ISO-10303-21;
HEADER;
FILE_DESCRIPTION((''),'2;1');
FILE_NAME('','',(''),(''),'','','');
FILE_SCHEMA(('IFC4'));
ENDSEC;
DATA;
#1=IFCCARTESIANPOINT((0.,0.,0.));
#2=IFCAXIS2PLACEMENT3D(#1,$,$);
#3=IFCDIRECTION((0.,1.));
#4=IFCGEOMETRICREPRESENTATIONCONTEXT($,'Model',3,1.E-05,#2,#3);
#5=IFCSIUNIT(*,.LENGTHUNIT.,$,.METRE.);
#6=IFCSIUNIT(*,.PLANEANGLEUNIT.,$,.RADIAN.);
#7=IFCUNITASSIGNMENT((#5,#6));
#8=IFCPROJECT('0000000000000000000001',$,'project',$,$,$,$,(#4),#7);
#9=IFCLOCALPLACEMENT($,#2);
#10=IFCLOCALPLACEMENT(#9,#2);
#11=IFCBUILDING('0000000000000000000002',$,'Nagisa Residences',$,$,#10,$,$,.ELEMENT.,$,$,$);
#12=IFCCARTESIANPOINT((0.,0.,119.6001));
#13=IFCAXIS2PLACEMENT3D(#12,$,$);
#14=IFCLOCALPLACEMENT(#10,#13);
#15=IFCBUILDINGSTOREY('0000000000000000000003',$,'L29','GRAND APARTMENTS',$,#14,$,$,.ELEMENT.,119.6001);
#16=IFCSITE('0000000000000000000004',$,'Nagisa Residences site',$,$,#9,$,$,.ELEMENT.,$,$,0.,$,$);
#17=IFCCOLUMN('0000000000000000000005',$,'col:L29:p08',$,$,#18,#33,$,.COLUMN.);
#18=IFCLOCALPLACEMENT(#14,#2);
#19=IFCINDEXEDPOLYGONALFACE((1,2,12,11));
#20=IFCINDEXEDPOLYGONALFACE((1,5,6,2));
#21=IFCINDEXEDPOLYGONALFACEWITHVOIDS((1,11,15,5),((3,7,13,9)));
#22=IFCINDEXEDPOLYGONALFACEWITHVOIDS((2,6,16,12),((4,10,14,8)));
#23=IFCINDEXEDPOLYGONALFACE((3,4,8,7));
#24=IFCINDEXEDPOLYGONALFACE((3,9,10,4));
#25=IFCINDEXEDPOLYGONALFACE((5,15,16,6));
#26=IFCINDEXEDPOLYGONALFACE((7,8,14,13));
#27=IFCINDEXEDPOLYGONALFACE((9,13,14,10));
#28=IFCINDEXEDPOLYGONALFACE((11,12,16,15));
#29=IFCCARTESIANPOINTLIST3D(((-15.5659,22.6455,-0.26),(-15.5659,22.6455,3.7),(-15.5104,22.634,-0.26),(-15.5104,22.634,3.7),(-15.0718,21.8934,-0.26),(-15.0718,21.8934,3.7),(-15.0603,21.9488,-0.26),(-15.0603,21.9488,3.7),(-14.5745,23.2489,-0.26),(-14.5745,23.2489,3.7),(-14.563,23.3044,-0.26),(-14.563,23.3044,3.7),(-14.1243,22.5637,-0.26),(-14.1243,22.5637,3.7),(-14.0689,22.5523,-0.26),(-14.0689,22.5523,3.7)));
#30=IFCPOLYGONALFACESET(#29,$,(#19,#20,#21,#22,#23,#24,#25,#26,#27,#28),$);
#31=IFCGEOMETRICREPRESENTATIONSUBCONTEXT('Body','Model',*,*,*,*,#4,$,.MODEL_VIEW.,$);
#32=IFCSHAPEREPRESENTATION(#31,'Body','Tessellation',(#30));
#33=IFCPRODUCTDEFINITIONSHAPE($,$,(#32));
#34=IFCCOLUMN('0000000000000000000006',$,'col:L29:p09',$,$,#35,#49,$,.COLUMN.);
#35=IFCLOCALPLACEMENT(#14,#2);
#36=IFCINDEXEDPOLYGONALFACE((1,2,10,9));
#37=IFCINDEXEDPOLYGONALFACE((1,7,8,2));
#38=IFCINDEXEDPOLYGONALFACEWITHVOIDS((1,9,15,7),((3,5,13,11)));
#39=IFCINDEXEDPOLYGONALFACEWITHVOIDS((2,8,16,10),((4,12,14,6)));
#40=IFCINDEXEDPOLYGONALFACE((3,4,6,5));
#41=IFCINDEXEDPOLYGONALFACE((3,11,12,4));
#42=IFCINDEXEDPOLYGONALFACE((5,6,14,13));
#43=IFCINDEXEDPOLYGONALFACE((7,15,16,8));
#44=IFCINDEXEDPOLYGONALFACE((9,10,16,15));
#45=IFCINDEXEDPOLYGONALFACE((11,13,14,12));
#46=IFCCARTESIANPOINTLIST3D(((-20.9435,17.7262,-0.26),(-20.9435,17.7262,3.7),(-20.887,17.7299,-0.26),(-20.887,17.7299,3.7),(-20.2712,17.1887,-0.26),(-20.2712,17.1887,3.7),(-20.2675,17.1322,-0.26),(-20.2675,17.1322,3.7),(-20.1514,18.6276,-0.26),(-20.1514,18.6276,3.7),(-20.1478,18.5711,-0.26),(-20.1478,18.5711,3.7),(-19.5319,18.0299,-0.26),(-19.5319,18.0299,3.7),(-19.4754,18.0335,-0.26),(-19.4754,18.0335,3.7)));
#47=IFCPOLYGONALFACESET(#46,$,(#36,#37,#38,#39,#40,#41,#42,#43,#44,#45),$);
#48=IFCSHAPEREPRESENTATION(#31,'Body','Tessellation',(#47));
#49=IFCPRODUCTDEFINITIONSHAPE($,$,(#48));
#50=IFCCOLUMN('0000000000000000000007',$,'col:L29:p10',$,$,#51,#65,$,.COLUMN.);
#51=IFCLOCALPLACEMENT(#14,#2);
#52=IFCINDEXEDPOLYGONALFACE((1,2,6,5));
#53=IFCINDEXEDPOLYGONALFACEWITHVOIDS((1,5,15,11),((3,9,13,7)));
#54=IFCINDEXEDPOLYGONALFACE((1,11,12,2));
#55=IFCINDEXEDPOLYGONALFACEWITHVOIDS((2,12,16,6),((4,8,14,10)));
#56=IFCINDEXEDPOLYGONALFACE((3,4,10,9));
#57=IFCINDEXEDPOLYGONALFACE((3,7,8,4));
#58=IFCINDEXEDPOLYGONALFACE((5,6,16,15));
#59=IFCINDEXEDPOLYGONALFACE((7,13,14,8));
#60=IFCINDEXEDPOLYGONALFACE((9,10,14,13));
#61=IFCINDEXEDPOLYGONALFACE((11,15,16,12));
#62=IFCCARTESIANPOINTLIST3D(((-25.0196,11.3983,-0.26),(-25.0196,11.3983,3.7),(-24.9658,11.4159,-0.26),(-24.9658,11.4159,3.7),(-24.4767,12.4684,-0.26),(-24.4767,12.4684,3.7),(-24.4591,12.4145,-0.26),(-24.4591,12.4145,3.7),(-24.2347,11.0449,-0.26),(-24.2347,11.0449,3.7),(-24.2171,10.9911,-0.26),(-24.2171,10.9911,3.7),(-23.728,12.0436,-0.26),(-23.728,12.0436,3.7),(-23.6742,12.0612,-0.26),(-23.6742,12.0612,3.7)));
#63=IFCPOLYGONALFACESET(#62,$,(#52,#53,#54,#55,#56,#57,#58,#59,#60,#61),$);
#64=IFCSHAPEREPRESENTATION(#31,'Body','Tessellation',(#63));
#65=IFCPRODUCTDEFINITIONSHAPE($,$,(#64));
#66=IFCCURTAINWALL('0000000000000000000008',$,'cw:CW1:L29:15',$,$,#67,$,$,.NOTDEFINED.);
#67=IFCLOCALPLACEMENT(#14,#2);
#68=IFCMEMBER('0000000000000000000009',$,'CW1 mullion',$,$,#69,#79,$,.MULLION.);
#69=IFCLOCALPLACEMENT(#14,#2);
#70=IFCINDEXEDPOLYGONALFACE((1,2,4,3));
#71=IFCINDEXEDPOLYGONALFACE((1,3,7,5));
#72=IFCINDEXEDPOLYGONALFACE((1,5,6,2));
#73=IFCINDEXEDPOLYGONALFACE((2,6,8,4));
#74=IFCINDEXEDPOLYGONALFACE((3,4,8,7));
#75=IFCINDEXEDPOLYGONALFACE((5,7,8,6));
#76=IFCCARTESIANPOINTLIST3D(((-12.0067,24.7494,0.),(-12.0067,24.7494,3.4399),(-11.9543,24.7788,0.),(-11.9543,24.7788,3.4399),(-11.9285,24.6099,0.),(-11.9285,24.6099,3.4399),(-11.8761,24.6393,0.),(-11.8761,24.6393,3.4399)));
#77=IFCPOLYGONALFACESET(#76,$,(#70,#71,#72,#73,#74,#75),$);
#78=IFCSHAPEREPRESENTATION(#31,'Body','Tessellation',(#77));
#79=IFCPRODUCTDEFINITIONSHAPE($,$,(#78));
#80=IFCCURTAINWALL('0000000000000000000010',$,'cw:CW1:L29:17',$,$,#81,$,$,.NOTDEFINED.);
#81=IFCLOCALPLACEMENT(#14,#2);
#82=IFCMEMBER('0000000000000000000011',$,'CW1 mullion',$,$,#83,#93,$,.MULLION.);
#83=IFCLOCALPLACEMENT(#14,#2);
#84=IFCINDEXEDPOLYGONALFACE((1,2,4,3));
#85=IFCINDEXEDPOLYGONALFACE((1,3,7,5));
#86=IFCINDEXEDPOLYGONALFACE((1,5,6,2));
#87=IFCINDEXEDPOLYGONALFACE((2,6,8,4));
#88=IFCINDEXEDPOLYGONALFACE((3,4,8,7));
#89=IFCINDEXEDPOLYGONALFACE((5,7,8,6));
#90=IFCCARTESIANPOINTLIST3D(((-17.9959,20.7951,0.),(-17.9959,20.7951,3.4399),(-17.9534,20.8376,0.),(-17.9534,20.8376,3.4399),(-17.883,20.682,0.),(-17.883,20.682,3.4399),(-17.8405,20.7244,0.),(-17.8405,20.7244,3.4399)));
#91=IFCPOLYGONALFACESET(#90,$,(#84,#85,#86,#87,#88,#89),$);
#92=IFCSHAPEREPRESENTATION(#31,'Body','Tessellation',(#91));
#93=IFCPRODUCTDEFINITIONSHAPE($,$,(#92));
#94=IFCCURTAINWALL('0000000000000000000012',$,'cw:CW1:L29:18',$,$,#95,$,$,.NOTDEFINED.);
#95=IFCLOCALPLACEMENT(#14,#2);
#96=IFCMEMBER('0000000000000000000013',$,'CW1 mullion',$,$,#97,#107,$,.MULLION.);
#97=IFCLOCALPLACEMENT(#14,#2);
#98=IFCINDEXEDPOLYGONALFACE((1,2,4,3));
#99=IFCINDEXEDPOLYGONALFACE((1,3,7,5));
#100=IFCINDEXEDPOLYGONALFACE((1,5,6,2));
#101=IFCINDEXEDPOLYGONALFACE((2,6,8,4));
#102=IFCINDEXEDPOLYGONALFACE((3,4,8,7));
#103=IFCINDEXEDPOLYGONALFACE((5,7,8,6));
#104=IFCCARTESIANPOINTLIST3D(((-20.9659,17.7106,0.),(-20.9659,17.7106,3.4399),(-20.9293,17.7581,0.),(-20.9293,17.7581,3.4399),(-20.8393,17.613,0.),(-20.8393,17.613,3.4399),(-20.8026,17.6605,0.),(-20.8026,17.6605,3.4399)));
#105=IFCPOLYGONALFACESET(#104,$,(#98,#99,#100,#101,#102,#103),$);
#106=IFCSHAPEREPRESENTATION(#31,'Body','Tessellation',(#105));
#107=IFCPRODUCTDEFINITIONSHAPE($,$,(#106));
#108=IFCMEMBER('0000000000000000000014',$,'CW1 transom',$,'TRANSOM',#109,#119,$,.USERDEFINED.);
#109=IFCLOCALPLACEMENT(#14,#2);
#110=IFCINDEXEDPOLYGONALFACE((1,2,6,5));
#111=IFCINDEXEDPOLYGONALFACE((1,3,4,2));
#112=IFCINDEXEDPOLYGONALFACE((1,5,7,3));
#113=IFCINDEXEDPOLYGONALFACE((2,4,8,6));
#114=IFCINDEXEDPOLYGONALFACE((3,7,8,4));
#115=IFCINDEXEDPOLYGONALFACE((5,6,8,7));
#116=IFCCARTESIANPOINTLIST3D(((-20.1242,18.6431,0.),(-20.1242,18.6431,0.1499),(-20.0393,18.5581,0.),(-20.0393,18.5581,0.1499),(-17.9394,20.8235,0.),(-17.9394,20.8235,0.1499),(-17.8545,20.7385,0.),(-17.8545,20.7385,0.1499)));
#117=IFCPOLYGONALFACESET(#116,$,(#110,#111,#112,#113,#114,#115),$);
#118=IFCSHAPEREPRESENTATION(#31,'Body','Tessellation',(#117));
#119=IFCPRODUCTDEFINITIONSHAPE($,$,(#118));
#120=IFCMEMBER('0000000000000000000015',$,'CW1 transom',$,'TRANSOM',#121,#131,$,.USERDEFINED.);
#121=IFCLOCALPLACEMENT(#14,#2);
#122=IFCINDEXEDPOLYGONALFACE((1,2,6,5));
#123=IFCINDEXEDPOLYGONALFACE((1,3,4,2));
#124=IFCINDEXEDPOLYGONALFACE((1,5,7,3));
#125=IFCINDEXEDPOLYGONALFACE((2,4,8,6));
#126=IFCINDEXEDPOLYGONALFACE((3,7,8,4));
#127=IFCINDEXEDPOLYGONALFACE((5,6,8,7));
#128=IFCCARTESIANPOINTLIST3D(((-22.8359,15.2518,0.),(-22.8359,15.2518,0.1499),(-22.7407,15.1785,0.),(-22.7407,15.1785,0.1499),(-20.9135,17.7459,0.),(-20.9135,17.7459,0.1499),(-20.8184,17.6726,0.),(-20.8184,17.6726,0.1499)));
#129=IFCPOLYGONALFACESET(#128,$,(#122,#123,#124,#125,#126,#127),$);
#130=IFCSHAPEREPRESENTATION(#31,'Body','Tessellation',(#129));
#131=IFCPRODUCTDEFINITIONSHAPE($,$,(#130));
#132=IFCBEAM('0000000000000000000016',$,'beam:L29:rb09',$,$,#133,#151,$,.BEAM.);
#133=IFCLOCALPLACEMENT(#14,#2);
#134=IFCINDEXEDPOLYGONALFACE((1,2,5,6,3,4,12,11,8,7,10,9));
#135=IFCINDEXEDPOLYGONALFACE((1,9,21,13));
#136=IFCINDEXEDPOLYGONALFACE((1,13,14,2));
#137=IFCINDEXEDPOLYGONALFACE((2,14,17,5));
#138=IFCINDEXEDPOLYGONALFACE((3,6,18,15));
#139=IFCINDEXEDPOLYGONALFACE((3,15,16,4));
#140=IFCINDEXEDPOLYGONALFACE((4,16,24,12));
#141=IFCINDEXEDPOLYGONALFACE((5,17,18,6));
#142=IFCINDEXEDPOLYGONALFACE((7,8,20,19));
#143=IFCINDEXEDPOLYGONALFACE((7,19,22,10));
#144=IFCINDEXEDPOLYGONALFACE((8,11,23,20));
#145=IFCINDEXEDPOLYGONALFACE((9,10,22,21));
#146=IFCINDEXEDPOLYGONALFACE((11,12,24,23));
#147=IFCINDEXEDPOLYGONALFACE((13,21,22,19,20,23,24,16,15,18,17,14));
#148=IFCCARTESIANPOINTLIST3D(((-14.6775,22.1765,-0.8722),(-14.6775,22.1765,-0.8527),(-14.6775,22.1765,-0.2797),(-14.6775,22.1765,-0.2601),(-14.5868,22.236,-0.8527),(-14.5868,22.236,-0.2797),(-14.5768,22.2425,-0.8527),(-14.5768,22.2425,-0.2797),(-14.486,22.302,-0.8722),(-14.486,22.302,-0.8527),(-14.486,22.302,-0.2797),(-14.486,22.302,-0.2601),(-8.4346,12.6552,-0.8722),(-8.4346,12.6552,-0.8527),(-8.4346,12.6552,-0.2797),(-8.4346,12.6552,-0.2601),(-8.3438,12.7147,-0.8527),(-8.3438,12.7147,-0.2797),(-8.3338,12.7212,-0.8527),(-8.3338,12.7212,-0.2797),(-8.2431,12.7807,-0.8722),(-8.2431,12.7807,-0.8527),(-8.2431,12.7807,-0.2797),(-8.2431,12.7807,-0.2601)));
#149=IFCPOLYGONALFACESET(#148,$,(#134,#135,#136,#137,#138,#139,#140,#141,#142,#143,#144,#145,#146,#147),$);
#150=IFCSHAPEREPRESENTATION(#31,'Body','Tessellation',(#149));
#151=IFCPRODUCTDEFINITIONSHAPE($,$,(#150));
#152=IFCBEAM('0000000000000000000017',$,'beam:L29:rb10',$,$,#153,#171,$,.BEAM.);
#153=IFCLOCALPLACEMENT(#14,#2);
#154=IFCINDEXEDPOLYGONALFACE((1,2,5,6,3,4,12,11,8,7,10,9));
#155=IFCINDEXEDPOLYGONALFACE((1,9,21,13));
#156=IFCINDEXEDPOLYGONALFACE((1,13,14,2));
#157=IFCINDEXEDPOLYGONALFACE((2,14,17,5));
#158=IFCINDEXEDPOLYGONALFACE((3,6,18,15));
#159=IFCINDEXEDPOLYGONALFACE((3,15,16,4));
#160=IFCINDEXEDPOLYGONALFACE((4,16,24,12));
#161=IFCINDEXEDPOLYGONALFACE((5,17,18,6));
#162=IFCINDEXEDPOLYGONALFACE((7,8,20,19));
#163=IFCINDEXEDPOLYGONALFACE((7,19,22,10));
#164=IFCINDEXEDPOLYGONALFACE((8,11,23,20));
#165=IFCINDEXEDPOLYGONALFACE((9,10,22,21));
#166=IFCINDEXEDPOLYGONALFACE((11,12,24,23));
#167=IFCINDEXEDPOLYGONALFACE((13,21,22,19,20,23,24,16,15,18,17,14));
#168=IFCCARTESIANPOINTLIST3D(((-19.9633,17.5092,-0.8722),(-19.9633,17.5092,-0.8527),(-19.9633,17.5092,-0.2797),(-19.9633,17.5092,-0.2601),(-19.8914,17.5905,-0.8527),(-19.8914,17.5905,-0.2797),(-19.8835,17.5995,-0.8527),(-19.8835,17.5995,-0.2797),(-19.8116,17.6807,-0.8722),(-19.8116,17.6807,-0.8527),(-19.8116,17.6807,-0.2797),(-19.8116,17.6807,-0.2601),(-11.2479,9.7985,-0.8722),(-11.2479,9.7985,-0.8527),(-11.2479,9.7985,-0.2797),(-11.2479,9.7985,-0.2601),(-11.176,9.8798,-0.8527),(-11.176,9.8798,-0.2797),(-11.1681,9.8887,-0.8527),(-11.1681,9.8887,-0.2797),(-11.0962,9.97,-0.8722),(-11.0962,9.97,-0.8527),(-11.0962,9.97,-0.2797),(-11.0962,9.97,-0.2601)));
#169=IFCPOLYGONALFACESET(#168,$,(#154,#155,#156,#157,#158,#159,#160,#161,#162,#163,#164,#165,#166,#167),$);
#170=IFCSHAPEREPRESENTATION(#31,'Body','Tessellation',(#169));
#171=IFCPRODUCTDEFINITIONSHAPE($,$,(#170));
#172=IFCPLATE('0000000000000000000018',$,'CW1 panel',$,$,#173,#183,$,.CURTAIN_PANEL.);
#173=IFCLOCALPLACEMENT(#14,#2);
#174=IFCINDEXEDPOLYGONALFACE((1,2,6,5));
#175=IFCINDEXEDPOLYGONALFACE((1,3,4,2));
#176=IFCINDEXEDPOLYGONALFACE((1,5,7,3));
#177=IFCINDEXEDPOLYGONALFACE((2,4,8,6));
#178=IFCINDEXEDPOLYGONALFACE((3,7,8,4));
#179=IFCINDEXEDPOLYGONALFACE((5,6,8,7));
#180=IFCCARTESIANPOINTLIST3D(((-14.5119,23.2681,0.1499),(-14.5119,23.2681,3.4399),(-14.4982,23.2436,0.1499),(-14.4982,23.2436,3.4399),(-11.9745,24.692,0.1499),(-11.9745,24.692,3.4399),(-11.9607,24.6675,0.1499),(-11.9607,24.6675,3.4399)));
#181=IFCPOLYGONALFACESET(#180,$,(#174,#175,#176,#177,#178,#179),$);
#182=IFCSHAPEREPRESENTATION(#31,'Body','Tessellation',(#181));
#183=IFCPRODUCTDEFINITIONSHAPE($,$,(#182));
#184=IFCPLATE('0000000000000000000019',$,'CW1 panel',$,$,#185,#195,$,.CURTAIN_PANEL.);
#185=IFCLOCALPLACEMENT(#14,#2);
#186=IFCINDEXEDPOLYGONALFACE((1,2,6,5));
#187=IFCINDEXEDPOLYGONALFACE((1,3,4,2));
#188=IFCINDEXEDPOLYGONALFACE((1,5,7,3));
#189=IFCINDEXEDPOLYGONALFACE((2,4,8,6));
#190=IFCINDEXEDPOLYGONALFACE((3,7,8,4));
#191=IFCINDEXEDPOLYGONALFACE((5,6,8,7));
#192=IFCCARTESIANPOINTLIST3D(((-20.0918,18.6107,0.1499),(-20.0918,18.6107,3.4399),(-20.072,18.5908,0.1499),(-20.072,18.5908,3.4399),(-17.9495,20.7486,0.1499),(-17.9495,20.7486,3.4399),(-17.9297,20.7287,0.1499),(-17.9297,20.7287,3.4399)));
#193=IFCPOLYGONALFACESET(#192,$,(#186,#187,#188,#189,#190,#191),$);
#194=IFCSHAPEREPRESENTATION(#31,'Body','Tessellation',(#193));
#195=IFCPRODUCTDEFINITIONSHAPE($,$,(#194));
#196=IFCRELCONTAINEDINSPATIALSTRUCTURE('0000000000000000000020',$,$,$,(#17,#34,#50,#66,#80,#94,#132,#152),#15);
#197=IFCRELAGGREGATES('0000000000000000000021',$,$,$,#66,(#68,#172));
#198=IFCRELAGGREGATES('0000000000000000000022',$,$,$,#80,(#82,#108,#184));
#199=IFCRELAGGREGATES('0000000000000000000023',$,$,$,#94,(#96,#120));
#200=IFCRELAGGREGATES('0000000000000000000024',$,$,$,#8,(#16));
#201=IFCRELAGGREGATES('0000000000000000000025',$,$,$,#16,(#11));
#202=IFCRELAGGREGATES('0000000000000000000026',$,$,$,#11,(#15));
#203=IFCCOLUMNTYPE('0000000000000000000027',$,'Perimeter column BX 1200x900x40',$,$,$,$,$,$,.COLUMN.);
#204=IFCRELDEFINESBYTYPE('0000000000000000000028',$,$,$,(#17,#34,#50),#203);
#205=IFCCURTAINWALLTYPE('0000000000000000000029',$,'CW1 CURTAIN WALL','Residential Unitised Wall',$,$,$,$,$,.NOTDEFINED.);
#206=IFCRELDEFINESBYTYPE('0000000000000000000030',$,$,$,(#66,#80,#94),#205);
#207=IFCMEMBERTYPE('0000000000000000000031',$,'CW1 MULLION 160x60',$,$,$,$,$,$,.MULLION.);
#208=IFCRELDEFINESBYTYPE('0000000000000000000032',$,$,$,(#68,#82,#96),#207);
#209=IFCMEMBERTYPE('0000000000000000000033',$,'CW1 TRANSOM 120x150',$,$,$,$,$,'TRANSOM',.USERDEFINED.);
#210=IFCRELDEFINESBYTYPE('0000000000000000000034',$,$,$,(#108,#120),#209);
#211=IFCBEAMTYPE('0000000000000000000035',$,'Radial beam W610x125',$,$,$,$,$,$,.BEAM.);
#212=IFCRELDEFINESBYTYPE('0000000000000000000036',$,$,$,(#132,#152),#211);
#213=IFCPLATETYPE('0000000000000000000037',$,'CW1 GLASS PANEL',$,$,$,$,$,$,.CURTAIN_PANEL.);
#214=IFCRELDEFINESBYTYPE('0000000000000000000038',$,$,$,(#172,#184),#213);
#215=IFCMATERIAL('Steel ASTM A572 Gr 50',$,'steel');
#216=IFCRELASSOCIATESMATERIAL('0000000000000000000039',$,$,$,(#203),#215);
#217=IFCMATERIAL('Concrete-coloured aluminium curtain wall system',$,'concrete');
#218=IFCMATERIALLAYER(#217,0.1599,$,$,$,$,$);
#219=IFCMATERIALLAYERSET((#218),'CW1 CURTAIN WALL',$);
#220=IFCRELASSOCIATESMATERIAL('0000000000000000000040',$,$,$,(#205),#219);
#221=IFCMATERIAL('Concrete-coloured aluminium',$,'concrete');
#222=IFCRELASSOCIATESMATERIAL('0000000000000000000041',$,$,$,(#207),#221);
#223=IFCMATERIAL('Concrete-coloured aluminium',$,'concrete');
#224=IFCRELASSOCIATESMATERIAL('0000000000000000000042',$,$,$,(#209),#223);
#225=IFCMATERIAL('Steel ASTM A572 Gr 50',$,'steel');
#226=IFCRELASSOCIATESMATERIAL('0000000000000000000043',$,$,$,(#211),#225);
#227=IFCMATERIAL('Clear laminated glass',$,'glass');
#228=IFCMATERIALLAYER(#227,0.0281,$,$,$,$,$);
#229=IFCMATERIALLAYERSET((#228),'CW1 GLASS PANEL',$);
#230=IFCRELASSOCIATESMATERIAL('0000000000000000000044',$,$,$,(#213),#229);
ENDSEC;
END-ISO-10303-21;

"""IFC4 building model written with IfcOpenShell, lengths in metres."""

from ifc_helpers import new_model, si_unit, direction, frame, origin, origin_2d, place, context, subcontext, project, spatial, rectangle, hollow_rectangle, i_section, extrude, material, layer, layer_set, material_profile, profile_set, type_object, element, aggregate, save


model = new_model("IFC4")

# Units and contexts
model_context = context("Model", 3, precision=1e-05, world=origin(), true_north=direction((0.0, 1.0)))
body_context = subcontext(model_context, "Body", "Model", "MODEL_VIEW")
ifc_project = project(units=[si_unit("LENGTHUNIT", "METRE"), si_unit("PLANEANGLEUNIT", "RADIAN")], contexts=[model_context])

# Site, building, storey
site_placement = place(None, origin())
site = spatial("IfcSite", under=ifc_project, at=site_placement, Name="Nagisa Residences site", CompositionType="ELEMENT", RefElevation=0.0)
building_placement = place(site_placement, origin())
building = spatial("IfcBuilding", under=site, at=building_placement, Name="Nagisa Residences", CompositionType="ELEMENT")
storey_placement = place(building_placement, frame((0.0, 0.0, 119.6001)))
storey = spatial("IfcBuildingStorey", under=building, at=storey_placement, Name="L29", Description="GRAND APARTMENTS", CompositionType="ELEMENT", Elevation=119.6001)

# Columns
ifc_material_1 = material(Name="Steel ASTM A572 Gr 50", Category="steel")
ifc_material_profile_1 = material_profile(ifc_material_1, hollow_rectangle(XDim=1.2, YDim=0.8999, WallThickness=0.04, at=origin_2d()), Name="BX 1200x900x40")
ifc_profile_set_1 = profile_set([ifc_material_profile_1], Name="Steel ASTM A572 Gr 50")
column_type = type_object("IfcColumnType", Name="Perimeter column BX 1200x900x40", PredefinedType="COLUMN", material=ifc_profile_set_1)
for number, where, z_axis, x_axis, name in (
    (1, (-14.8174, 22.5989, -0.26), (0.0, 0.0, 1.0), (-0.835766, -0.549086, 0.0), "col:L29:p08"),
    (2, (-20.2095, 17.8799, -0.26), (0.0, 0.0, 1.0), (-0.660115, -0.751165, 0.0), "col:L29:p09"),
    (3, (-24.3469, 11.7297, -0.26), (0.0, 0.0, 1.0), (-0.452463, -0.891783, 0.0), "col:L29:p10"),
):
    element("IfcColumn", number, at=place(storey_placement, frame(where, z_axis=z_axis, x_axis=x_axis)), inside=storey, type_object=column_type, Name=name, PredefinedType="COLUMN", context=body_context, shape_type="SweptSolid", body=[
        extrude(hollow_rectangle(XDim=1.2, YDim=0.8999, WallThickness=0.04, at=origin_2d()), origin(), (0.0, 0.0, 1.0), 3.96),
    ])

# Curtain walls, members
ifc_material_2 = material(Name="Concrete-coloured aluminium curtain wall system", Category="concrete")
ifc_layer_1 = layer(ifc_material_2, 0.1599)
ifc_layer_set_1 = layer_set([ifc_layer_1], Name="CW1 CURTAIN WALL")
curtain_wall_type = type_object("IfcCurtainWallType", Name="CW1 CURTAIN WALL", Description="Residential Unitised Wall", PredefinedType="NOTDEFINED", material=ifc_layer_set_1)
curtain_wall_1_placement = place(storey_placement, origin())
curtain_wall_1 = element("IfcCurtainWall", 4, at=curtain_wall_1_placement, inside=storey, type_object=curtain_wall_type, Name="cw:CW1:L29:15", PredefinedType="NOTDEFINED")
ifc_material_3 = material(Name="Concrete-coloured aluminium", Category="concrete")
ifc_material_profile_2 = material_profile(ifc_material_3, rectangle(XDim=0.1599, YDim=0.0601, at=origin_2d()), Name="CW1 MULLION 160x60")
ifc_profile_set_2 = profile_set([ifc_material_profile_2], Name="Concrete-coloured aluminium")
member_type_1 = type_object("IfcMemberType", Name="CW1 MULLION 160x60", PredefinedType="MULLION", material=ifc_profile_set_2)
member_1_placement = place(storey_placement, frame((-11.9414, 24.6943, 0.0), z_axis=(0.0, 0.0, 1.0), x_axis=(0.489377, -0.872072, 0.0)))
member_1 = element("IfcMember", 5, at=member_1_placement, type_object=member_type_1, Name="CW1 mullion", PredefinedType="MULLION", context=body_context, shape_type="SweptSolid", body=[
    extrude(rectangle(XDim=0.1599, YDim=0.0601, at=origin_2d()), origin(), (0.0, 0.0, 1.0), 3.4399),
])
curtain_wall_2_placement = place(storey_placement, origin())
curtain_wall_2 = element("IfcCurtainWall", 6, at=curtain_wall_2_placement, inside=storey, type_object=curtain_wall_type, Name="cw:CW1:L29:17", PredefinedType="NOTDEFINED")
member_2_placement = place(storey_placement, frame((-17.9182, 20.7598, 0.0), z_axis=(0.0, 0.0, 1.0), x_axis=(0.706377, -0.707836, 0.0)))
member_2 = element("IfcMember", 7, at=member_2_placement, type_object=member_type_1, Name="CW1 mullion", PredefinedType="MULLION", context=body_context, shape_type="SweptSolid", body=[
    extrude(rectangle(XDim=0.1599, YDim=0.0601, at=origin_2d()), origin(), (0.0, 0.0, 1.0), 3.4399),
])
curtain_wall_3_placement = place(storey_placement, origin())
curtain_wall_3 = element("IfcCurtainWall", 8, at=curtain_wall_3_placement, inside=storey, type_object=curtain_wall_type, Name="cw:CW1:L29:18", PredefinedType="NOTDEFINED")
member_3_placement = place(storey_placement, frame((-20.8843, 17.6855, 0.0), z_axis=(0.0, 0.0, 1.0), x_axis=(0.79207, -0.61043, 0.0)))
member_3 = element("IfcMember", 9, at=member_3_placement, type_object=member_type_1, Name="CW1 mullion", PredefinedType="MULLION", context=body_context, shape_type="SweptSolid", body=[
    extrude(rectangle(XDim=0.1599, YDim=0.0601, at=origin_2d()), origin(), (0.0, 0.0, 1.0), 3.4399),
])

# Members
ifc_material_4 = material(Name="Concrete-coloured aluminium", Category="concrete")
ifc_material_profile_3 = material_profile(ifc_material_4, rectangle(XDim=0.1201, YDim=0.1499, at=origin_2d()), Name="CW1 TRANSOM 120x150")
ifc_profile_set_3 = profile_set([ifc_material_profile_3], Name="Concrete-coloured aluminium")
member_type_2 = type_object("IfcMemberType", Name="CW1 TRANSOM 120x150", ElementType="TRANSOM", PredefinedType="USERDEFINED", material=ifc_profile_set_3)
member_4_placement = place(storey_placement, frame((-17.897, 20.781, 0.075), z_axis=(-0.707818, -0.706395, 0.0), x_axis=(0.706395, -0.707818, 0.0)))
member_4 = element("IfcMember", 10, at=member_4_placement, type_object=member_type_2, Name="CW1 transom", ObjectType="TRANSOM", PredefinedType="USERDEFINED", context=body_context, shape_type="SweptSolid", body=[
    extrude(rectangle(XDim=0.1201, YDim=0.1499, at=origin_2d()), origin(), (0.0, 0.0, 1.0), 3.0867),
])
member_5_placement = place(storey_placement, frame((-20.866, 17.7092, 0.075), z_axis=(-0.610467, -0.792041, 0.0), x_axis=(0.792041, -0.610467, 0.0)))
member_5 = element("IfcMember", 11, at=member_5_placement, type_object=member_type_2, Name="CW1 transom", ObjectType="TRANSOM", PredefinedType="USERDEFINED", context=body_context, shape_type="SweptSolid", body=[
    extrude(rectangle(XDim=0.1201, YDim=0.1499, at=origin_2d()), origin(), (0.0, 0.0, 1.0), 3.1489),
])

# Beams
ifc_material_5 = material(Name="Steel ASTM A572 Gr 50", Category="steel")
ifc_material_profile_4 = material_profile(ifc_material_5, i_section(OverallWidth=0.229, OverallDepth=0.6121, WebThickness=0.012, FlangeThickness=0.0195, at=origin_2d()), Name="W610x125")
ifc_profile_set_4 = profile_set([ifc_material_profile_4], Name="Steel ASTM A572 Gr 50")
beam_type = type_object("IfcBeamType", Name="Radial beam W610x125", PredefinedType="BEAM", material=ifc_profile_set_4)
beam_1_placement = place(storey_placement, frame((-14.5818, 22.2393, -0.5662), z_axis=(0.548325, -0.836265, 0.0), x_axis=(0.836265, 0.548325, 0.0)))
element("IfcBeam", 12, at=beam_1_placement, inside=storey, type_object=beam_type, Name="beam:L29:rb09", PredefinedType="BEAM", context=body_context, shape_type="SweptSolid", body=[
    extrude(i_section(OverallWidth=0.229, OverallDepth=0.6121, WebThickness=0.012, FlangeThickness=0.0195, at=origin_2d()), origin(), (0.0, 0.0, 1.0), 11.3855),
])
beam_2_placement = place(storey_placement, frame((-19.8875, 17.595, -0.5662), z_axis=(0.748955, -0.662621, 0.0), x_axis=(0.662621, 0.748955, 0.0)))
element("IfcBeam", 13, at=beam_2_placement, inside=storey, type_object=beam_type, Name="beam:L29:rb10", PredefinedType="BEAM", context=body_context, shape_type="SweptSolid", body=[
    extrude(i_section(OverallWidth=0.229, OverallDepth=0.6121, WebThickness=0.012, FlangeThickness=0.0195, at=origin_2d()), origin(), (0.0, 0.0, 1.0), 11.6367),
])

# Plates
ifc_material_6 = material(Name="Clear laminated glass", Category="glass")
ifc_layer_2 = layer(ifc_material_6, 0.0281)
ifc_layer_set_2 = layer_set([ifc_layer_2], Name="CW1 GLASS PANEL")
plate_type = type_object("IfcPlateType", Name="CW1 GLASS PANEL", PredefinedType="CURTAIN_PANEL", material=ifc_layer_set_2)
plate_1_placement = place(storey_placement, frame((-13.2363, 23.9678, 0.1499), z_axis=(0.0, 0.0, 1.0), x_axis=(-0.872072, -0.489377, 0.0)))
plate_1 = element("IfcPlate", 14, at=plate_1_placement, type_object=plate_type, Name="CW1 panel", PredefinedType="CURTAIN_PANEL", context=body_context, shape_type="SweptSolid", body=[
    extrude(rectangle(XDim=2.9097, YDim=0.0281, at=origin_2d()), origin(), (0.0, 0.0, 1.0), 3.29),
])
aggregate(curtain_wall_1, [member_1, plate_1])
plate_2_placement = place(storey_placement, frame((-19.0107, 19.6697, 0.1499), z_axis=(0.0, 0.0, 1.0), x_axis=(-0.707836, -0.706377, 0.0)))
plate_2 = element("IfcPlate", 15, at=plate_2_placement, type_object=plate_type, Name="CW1 panel", PredefinedType="CURTAIN_PANEL", context=body_context, shape_type="SweptSolid", body=[
    extrude(rectangle(XDim=3.0266, YDim=0.0281, at=origin_2d()), origin(), (0.0, 0.0, 1.0), 3.29),
])
aggregate(curtain_wall_2, [member_2, member_4, plate_2])
aggregate(curtain_wall_3, [member_3, member_5])

save(model, "model.ifc")
